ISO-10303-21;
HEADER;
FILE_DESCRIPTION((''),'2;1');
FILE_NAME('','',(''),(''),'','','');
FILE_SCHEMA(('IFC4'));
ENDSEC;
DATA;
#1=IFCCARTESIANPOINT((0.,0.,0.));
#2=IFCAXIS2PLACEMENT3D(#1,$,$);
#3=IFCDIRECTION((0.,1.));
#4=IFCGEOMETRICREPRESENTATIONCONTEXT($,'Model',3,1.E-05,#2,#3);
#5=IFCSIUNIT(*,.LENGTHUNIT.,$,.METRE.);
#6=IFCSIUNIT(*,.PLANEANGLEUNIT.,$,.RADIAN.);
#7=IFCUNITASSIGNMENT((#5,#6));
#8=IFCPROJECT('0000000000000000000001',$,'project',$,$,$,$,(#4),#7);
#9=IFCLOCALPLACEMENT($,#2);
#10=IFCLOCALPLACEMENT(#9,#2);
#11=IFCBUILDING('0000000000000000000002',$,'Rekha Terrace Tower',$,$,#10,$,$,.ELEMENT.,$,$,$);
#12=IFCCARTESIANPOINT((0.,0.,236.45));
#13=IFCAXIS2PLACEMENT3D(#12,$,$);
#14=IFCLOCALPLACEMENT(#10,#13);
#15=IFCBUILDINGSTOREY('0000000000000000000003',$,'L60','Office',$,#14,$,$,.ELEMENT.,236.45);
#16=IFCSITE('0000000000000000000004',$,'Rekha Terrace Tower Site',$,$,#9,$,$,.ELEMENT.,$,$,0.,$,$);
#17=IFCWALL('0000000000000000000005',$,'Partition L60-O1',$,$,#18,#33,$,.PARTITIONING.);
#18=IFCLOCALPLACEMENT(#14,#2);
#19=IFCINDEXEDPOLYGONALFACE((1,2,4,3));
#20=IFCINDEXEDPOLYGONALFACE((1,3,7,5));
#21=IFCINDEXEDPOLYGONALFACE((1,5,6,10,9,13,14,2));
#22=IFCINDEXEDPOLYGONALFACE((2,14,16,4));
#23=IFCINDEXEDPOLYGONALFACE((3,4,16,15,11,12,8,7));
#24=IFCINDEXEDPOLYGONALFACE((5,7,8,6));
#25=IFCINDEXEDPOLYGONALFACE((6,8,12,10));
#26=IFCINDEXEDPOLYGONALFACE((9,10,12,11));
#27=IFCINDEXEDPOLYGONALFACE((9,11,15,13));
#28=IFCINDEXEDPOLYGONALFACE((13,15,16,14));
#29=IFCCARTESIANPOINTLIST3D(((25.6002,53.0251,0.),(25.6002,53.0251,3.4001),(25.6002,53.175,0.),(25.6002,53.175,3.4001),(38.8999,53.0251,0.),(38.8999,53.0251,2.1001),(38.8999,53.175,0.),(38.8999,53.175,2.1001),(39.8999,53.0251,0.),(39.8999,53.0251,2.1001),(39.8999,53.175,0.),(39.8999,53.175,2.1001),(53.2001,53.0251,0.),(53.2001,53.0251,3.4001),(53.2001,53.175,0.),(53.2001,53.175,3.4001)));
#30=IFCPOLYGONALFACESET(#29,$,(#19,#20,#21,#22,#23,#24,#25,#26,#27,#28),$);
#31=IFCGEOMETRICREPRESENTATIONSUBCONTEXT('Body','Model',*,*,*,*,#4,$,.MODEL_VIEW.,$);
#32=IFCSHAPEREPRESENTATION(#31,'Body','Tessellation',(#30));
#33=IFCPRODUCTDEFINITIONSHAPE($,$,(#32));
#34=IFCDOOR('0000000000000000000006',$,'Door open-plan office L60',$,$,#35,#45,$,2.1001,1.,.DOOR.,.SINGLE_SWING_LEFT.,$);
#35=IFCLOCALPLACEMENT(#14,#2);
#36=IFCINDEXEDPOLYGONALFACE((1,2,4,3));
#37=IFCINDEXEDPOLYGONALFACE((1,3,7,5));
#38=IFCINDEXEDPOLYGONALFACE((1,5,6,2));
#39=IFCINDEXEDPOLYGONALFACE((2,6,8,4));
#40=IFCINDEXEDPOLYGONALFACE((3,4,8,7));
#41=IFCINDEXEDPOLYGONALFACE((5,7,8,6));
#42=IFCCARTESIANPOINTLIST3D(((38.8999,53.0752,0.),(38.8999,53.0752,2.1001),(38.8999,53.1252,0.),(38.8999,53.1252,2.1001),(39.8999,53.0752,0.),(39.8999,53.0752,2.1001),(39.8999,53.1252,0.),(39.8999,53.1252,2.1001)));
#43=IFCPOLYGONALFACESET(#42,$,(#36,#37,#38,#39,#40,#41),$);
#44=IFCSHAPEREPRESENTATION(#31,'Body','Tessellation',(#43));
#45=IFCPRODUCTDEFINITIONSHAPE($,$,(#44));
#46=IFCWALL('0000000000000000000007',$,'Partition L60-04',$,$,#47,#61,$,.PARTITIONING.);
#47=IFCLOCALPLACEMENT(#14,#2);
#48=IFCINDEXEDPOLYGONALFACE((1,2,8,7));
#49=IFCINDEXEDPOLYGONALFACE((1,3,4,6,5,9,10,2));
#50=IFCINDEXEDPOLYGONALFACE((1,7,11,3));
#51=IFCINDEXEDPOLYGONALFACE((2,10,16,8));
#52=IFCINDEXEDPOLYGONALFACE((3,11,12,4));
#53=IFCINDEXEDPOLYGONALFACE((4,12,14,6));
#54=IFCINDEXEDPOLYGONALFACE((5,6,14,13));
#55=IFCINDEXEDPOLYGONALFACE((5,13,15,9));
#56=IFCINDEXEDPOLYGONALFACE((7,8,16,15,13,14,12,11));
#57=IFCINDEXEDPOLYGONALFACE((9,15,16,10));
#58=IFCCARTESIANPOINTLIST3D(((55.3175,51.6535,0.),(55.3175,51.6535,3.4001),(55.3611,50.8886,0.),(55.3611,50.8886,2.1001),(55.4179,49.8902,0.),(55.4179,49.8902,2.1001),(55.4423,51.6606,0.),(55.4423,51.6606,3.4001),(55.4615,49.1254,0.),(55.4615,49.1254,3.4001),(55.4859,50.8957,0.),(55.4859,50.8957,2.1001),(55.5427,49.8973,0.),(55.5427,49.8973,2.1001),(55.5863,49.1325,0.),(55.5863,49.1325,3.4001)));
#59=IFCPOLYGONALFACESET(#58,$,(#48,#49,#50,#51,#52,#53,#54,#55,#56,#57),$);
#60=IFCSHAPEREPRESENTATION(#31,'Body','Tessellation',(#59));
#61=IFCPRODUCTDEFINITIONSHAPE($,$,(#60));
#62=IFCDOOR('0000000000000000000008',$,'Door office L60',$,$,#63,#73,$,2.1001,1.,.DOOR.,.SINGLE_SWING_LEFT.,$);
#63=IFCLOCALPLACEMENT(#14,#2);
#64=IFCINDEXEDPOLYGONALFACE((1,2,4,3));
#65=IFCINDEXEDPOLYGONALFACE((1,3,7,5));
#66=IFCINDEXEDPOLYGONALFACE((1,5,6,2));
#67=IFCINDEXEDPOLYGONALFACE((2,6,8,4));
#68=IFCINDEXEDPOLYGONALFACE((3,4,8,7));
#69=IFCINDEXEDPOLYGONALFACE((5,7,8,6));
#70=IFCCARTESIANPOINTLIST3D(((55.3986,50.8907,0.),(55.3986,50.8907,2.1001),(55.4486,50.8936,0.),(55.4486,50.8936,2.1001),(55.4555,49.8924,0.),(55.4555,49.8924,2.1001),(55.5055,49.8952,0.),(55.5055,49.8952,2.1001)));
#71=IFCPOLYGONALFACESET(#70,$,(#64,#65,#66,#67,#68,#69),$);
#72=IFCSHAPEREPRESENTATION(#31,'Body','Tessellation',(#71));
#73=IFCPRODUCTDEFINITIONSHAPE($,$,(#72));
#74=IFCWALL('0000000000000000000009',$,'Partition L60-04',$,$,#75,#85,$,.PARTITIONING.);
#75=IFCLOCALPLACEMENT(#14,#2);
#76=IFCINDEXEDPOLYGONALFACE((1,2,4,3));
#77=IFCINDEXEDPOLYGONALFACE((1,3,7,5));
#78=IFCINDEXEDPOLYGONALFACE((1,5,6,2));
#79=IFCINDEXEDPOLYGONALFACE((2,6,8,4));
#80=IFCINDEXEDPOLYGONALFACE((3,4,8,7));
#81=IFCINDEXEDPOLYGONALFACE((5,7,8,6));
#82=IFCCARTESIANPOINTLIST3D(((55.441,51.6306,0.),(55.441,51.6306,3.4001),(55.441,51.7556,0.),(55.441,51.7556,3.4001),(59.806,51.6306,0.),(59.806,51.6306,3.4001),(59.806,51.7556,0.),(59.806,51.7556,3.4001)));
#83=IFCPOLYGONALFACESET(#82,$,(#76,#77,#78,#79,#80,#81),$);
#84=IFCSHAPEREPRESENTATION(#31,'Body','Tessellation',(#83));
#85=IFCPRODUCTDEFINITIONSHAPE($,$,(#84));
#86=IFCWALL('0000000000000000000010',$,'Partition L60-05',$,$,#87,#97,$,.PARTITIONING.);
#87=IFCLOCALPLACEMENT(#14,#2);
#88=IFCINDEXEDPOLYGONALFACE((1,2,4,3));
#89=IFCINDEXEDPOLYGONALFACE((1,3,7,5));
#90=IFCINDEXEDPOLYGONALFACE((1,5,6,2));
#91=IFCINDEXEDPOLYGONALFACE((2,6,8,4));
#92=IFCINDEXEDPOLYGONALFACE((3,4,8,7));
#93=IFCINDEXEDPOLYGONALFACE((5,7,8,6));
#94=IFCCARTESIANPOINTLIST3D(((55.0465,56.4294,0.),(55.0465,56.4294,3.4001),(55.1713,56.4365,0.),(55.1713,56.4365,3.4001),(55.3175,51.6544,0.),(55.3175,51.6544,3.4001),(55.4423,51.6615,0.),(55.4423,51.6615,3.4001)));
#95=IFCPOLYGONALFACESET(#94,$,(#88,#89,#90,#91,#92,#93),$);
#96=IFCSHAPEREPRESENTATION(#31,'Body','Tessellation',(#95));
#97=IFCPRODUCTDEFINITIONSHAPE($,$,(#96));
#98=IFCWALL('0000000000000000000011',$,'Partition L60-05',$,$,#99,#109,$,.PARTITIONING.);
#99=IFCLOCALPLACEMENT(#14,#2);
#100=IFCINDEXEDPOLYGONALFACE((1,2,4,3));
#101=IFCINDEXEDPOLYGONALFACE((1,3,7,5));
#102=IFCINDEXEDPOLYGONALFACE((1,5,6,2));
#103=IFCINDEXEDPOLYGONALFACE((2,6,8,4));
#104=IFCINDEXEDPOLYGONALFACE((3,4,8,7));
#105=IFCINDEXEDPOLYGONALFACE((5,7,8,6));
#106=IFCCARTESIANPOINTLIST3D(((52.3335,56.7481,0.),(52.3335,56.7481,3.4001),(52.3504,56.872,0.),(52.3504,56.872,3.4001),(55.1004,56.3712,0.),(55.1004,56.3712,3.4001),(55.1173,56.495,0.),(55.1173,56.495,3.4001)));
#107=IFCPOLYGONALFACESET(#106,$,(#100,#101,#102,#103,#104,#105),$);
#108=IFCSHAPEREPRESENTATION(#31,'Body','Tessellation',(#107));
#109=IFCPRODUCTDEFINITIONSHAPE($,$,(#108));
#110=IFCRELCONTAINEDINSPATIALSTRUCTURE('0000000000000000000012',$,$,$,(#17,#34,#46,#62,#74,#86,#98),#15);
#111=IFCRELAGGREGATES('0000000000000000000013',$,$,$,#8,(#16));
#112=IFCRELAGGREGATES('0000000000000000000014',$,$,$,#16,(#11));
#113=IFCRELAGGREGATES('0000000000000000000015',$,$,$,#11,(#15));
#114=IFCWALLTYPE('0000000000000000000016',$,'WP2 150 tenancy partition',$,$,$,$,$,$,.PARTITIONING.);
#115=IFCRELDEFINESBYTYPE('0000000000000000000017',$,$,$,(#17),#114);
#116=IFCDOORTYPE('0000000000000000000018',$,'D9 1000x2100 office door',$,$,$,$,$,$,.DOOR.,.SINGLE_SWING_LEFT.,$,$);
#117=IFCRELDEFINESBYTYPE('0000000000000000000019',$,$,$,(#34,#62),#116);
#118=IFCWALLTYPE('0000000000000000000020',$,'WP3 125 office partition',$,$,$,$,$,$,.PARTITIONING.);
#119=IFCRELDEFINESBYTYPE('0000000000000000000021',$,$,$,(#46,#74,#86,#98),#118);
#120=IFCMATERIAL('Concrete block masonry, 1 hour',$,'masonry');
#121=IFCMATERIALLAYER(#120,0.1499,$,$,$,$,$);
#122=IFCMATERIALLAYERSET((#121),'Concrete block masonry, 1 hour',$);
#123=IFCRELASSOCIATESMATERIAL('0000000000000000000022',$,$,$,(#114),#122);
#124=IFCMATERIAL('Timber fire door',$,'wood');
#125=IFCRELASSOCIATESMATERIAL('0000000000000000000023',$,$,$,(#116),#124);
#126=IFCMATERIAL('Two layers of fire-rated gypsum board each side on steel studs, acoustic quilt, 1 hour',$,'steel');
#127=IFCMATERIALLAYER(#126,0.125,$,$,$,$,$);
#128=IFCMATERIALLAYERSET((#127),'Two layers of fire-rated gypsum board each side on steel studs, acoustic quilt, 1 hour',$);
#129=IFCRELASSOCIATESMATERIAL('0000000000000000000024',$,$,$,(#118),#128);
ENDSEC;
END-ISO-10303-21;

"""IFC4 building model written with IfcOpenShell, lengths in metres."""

from ifc_helpers import new_model, si_unit, direction, frame, frame_2d, origin, place, context, subcontext, project, spatial, rectangle, extrude, material, layer, layer_set, type_object, element, fill, save


model = new_model("IFC4")

# Units and contexts
model_context = context("Model", 3, precision=1e-05, world=origin(), true_north=direction((0.0, 1.0)))
body_context = subcontext(model_context, "Body", "Model", "MODEL_VIEW")
ifc_project = project(units=[si_unit("LENGTHUNIT", "METRE"), si_unit("PLANEANGLEUNIT", "RADIAN")], contexts=[model_context])

# Site, building, storey
site_placement = place(None, origin())
site = spatial("IfcSite", under=ifc_project, at=site_placement, Name="Rekha Terrace Tower Site", CompositionType="ELEMENT", RefElevation=0.0)
building_placement = place(site_placement, origin())
building = spatial("IfcBuilding", under=site, at=building_placement, Name="Rekha Terrace Tower", CompositionType="ELEMENT")
storey_placement = place(building_placement, frame((0.0, 0.0, 236.45)))
storey = spatial("IfcBuildingStorey", under=building, at=storey_placement, Name="L60", Description="Office", CompositionType="ELEMENT", Elevation=236.45)

# Shared definitions
ifc_material_1 = material(Name="Concrete block masonry, 1 hour", Category="masonry")
ifc_layer_1 = layer(ifc_material_1, 0.1499)
ifc_layer_set_1 = layer_set([ifc_layer_1], Name="Concrete block masonry, 1 hour")
wall_type_1 = type_object("IfcWallType", Name="WP2 150 tenancy partition", PredefinedType="PARTITIONING", material=ifc_layer_set_1)

# Walls, openings, doors
wall_1_placement = place(storey_placement, frame((53.2, 53.1001, 0.0), z_axis=(0.0, 0.0, 1.0), x_axis=(-1.0, 0.0, 0.0)))
wall_1 = element("IfcWall", 1, at=wall_1_placement, inside=storey, type_object=wall_type_1, Name="Partition L60-O1", PredefinedType="PARTITIONING", context=body_context, shape_type="SweptSolid", body=[
    extrude(rectangle(XDim=27.5999, YDim=0.1499, at=frame_2d((13.7998, 0.0))), origin(), (0.0, 0.0, 1.0), 3.4001),
])
opening_1_placement = place(wall_1_placement, frame((13.3, 0.0, 0.0)))
opening_1 = element("IfcOpeningElement", 2, at=opening_1_placement, cuts=wall_1, PredefinedType="OPENING", context=body_context, shape_type="SweptSolid", body=[
    extrude(rectangle(XDim=1.0, YDim=2.1001, at=frame_2d((0.5, 1.05))), frame((0.0, 0.085, 0.0), z_axis=(0.0, -1.0, 0.0), x_axis=(1.0, 0.0, 0.0)), (0.0, 0.0, 1.0), 0.1699),
])
ifc_material_2 = material(Name="Timber fire door", Category="wood")
door_type = type_object("IfcDoorType", Name="D9 1000x2100 office door", OperationType="SINGLE_SWING_LEFT", PredefinedType="DOOR", material=ifc_material_2)
door_1_placement = place(opening_1_placement, origin())
door_1 = element("IfcDoor", 3, at=door_1_placement, inside=storey, type_object=door_type, Name="Door open-plan office L60", OperationType="SINGLE_SWING_LEFT", OverallHeight=2.1001, OverallWidth=1.0, PredefinedType="DOOR", context=body_context, shape_type="SweptSolid", body=[
    extrude(rectangle(XDim=1.0, YDim=2.1001, at=frame_2d((0.5, 1.05))), frame((0.0, 0.0249, 0.0), z_axis=(0.0, -1.0, 0.0), x_axis=(1.0, 0.0, 0.0)), (0.0, 0.0, 1.0), 0.05),
])
fill(opening_1, door_1)
ifc_material_3 = material(Name="Two layers of fire-rated gypsum board each side on steel studs, acoustic quilt, 1 hour", Category="steel")
ifc_layer_2 = layer(ifc_material_3, 0.125)
ifc_layer_set_2 = layer_set([ifc_layer_2], Name="Two layers of fire-rated gypsum board each side on steel studs, acoustic quilt, 1 hour")
wall_type_2 = type_object("IfcWallType", Name="WP3 125 office partition", PredefinedType="PARTITIONING", material=ifc_layer_set_2)
wall_2_placement = place(storey_placement, frame((55.5239, 49.1289, 0.0), z_axis=(0.0, 0.0, 1.0), x_axis=(-0.056885, 0.998381, 0.0)))
wall_2 = element("IfcWall", 4, at=wall_2_placement, inside=storey, type_object=wall_type_2, Name="Partition L60-04", PredefinedType="PARTITIONING", context=body_context, shape_type="SweptSolid", body=[
    extrude(rectangle(XDim=2.5322, YDim=0.125, at=frame_2d((1.2661, 0.0))), origin(), (0.0, 0.0, 1.0), 3.4001),
])
opening_2_placement = place(wall_2_placement, frame((0.7661, 0.0, 0.0)))
opening_2 = element("IfcOpeningElement", 5, at=opening_2_placement, cuts=wall_2, PredefinedType="OPENING", context=body_context, shape_type="SweptSolid", body=[
    extrude(rectangle(XDim=1.0, YDim=2.1001, at=frame_2d((0.5, 1.05))), frame((0.0, 0.0725, 0.0), z_axis=(0.0, -1.0, 0.0), x_axis=(1.0, 0.0, 0.0)), (0.0, 0.0, 1.0), 0.145),
])
door_2_placement = place(opening_2_placement, origin())
door_2 = element("IfcDoor", 6, at=door_2_placement, inside=storey, type_object=door_type, Name="Door office L60", OperationType="SINGLE_SWING_LEFT", OverallHeight=2.1001, OverallWidth=1.0, PredefinedType="DOOR", context=body_context, shape_type="SweptSolid", body=[
    extrude(rectangle(XDim=1.0, YDim=2.1001, at=frame_2d((0.5, 1.05))), frame((0.0, 0.0249, 0.0), z_axis=(0.0, -1.0, 0.0), x_axis=(1.0, 0.0, 0.0)), (0.0, 0.0, 1.0), 0.05),
])
fill(opening_2, door_2)

# Walls
wall_3_placement = place(storey_placement, frame((55.4409, 51.6931, 0.0), z_axis=(0.0, 0.0, 1.0), x_axis=(1.0, 0.0, 0.0)))
element("IfcWall", 7, at=wall_3_placement, inside=storey, type_object=wall_type_2, Name="Partition L60-04", PredefinedType="PARTITIONING", context=body_context, shape_type="SweptSolid", body=[
    extrude(rectangle(XDim=4.365, YDim=0.125, at=frame_2d((2.1826, 0.0))), origin(), (0.0, 0.0, 1.0), 3.4001),
])
wall_4_placement = place(storey_placement, frame((55.3799, 51.658, 0.0), z_axis=(0.0, 0.0, 1.0), x_axis=(-0.05666, 0.998394, 0.0)))
element("IfcWall", 8, at=wall_4_placement, inside=storey, type_object=wall_type_2, Name="Partition L60-05", PredefinedType="PARTITIONING", context=body_context, shape_type="SweptSolid", body=[
    extrude(rectangle(XDim=4.7827, YDim=0.125, at=frame_2d((2.3914, 0.0))), origin(), (0.0, 0.0, 1.0), 3.4001),
])
wall_5_placement = place(storey_placement, frame((55.1089, 56.4331, 0.0), z_axis=(0.0, 0.0, 1.0), x_axis=(-0.990847, 0.134992, 0.0)))
element("IfcWall", 9, at=wall_5_placement, inside=storey, type_object=wall_type_2, Name="Partition L60-05", PredefinedType="PARTITIONING", context=body_context, shape_type="SweptSolid", body=[
    extrude(rectangle(XDim=2.7925, YDim=0.125, at=frame_2d((1.3962, 0.0))), origin(), (0.0, 0.0, 1.0), 3.4001),
])

save(model, "model.ifc")
